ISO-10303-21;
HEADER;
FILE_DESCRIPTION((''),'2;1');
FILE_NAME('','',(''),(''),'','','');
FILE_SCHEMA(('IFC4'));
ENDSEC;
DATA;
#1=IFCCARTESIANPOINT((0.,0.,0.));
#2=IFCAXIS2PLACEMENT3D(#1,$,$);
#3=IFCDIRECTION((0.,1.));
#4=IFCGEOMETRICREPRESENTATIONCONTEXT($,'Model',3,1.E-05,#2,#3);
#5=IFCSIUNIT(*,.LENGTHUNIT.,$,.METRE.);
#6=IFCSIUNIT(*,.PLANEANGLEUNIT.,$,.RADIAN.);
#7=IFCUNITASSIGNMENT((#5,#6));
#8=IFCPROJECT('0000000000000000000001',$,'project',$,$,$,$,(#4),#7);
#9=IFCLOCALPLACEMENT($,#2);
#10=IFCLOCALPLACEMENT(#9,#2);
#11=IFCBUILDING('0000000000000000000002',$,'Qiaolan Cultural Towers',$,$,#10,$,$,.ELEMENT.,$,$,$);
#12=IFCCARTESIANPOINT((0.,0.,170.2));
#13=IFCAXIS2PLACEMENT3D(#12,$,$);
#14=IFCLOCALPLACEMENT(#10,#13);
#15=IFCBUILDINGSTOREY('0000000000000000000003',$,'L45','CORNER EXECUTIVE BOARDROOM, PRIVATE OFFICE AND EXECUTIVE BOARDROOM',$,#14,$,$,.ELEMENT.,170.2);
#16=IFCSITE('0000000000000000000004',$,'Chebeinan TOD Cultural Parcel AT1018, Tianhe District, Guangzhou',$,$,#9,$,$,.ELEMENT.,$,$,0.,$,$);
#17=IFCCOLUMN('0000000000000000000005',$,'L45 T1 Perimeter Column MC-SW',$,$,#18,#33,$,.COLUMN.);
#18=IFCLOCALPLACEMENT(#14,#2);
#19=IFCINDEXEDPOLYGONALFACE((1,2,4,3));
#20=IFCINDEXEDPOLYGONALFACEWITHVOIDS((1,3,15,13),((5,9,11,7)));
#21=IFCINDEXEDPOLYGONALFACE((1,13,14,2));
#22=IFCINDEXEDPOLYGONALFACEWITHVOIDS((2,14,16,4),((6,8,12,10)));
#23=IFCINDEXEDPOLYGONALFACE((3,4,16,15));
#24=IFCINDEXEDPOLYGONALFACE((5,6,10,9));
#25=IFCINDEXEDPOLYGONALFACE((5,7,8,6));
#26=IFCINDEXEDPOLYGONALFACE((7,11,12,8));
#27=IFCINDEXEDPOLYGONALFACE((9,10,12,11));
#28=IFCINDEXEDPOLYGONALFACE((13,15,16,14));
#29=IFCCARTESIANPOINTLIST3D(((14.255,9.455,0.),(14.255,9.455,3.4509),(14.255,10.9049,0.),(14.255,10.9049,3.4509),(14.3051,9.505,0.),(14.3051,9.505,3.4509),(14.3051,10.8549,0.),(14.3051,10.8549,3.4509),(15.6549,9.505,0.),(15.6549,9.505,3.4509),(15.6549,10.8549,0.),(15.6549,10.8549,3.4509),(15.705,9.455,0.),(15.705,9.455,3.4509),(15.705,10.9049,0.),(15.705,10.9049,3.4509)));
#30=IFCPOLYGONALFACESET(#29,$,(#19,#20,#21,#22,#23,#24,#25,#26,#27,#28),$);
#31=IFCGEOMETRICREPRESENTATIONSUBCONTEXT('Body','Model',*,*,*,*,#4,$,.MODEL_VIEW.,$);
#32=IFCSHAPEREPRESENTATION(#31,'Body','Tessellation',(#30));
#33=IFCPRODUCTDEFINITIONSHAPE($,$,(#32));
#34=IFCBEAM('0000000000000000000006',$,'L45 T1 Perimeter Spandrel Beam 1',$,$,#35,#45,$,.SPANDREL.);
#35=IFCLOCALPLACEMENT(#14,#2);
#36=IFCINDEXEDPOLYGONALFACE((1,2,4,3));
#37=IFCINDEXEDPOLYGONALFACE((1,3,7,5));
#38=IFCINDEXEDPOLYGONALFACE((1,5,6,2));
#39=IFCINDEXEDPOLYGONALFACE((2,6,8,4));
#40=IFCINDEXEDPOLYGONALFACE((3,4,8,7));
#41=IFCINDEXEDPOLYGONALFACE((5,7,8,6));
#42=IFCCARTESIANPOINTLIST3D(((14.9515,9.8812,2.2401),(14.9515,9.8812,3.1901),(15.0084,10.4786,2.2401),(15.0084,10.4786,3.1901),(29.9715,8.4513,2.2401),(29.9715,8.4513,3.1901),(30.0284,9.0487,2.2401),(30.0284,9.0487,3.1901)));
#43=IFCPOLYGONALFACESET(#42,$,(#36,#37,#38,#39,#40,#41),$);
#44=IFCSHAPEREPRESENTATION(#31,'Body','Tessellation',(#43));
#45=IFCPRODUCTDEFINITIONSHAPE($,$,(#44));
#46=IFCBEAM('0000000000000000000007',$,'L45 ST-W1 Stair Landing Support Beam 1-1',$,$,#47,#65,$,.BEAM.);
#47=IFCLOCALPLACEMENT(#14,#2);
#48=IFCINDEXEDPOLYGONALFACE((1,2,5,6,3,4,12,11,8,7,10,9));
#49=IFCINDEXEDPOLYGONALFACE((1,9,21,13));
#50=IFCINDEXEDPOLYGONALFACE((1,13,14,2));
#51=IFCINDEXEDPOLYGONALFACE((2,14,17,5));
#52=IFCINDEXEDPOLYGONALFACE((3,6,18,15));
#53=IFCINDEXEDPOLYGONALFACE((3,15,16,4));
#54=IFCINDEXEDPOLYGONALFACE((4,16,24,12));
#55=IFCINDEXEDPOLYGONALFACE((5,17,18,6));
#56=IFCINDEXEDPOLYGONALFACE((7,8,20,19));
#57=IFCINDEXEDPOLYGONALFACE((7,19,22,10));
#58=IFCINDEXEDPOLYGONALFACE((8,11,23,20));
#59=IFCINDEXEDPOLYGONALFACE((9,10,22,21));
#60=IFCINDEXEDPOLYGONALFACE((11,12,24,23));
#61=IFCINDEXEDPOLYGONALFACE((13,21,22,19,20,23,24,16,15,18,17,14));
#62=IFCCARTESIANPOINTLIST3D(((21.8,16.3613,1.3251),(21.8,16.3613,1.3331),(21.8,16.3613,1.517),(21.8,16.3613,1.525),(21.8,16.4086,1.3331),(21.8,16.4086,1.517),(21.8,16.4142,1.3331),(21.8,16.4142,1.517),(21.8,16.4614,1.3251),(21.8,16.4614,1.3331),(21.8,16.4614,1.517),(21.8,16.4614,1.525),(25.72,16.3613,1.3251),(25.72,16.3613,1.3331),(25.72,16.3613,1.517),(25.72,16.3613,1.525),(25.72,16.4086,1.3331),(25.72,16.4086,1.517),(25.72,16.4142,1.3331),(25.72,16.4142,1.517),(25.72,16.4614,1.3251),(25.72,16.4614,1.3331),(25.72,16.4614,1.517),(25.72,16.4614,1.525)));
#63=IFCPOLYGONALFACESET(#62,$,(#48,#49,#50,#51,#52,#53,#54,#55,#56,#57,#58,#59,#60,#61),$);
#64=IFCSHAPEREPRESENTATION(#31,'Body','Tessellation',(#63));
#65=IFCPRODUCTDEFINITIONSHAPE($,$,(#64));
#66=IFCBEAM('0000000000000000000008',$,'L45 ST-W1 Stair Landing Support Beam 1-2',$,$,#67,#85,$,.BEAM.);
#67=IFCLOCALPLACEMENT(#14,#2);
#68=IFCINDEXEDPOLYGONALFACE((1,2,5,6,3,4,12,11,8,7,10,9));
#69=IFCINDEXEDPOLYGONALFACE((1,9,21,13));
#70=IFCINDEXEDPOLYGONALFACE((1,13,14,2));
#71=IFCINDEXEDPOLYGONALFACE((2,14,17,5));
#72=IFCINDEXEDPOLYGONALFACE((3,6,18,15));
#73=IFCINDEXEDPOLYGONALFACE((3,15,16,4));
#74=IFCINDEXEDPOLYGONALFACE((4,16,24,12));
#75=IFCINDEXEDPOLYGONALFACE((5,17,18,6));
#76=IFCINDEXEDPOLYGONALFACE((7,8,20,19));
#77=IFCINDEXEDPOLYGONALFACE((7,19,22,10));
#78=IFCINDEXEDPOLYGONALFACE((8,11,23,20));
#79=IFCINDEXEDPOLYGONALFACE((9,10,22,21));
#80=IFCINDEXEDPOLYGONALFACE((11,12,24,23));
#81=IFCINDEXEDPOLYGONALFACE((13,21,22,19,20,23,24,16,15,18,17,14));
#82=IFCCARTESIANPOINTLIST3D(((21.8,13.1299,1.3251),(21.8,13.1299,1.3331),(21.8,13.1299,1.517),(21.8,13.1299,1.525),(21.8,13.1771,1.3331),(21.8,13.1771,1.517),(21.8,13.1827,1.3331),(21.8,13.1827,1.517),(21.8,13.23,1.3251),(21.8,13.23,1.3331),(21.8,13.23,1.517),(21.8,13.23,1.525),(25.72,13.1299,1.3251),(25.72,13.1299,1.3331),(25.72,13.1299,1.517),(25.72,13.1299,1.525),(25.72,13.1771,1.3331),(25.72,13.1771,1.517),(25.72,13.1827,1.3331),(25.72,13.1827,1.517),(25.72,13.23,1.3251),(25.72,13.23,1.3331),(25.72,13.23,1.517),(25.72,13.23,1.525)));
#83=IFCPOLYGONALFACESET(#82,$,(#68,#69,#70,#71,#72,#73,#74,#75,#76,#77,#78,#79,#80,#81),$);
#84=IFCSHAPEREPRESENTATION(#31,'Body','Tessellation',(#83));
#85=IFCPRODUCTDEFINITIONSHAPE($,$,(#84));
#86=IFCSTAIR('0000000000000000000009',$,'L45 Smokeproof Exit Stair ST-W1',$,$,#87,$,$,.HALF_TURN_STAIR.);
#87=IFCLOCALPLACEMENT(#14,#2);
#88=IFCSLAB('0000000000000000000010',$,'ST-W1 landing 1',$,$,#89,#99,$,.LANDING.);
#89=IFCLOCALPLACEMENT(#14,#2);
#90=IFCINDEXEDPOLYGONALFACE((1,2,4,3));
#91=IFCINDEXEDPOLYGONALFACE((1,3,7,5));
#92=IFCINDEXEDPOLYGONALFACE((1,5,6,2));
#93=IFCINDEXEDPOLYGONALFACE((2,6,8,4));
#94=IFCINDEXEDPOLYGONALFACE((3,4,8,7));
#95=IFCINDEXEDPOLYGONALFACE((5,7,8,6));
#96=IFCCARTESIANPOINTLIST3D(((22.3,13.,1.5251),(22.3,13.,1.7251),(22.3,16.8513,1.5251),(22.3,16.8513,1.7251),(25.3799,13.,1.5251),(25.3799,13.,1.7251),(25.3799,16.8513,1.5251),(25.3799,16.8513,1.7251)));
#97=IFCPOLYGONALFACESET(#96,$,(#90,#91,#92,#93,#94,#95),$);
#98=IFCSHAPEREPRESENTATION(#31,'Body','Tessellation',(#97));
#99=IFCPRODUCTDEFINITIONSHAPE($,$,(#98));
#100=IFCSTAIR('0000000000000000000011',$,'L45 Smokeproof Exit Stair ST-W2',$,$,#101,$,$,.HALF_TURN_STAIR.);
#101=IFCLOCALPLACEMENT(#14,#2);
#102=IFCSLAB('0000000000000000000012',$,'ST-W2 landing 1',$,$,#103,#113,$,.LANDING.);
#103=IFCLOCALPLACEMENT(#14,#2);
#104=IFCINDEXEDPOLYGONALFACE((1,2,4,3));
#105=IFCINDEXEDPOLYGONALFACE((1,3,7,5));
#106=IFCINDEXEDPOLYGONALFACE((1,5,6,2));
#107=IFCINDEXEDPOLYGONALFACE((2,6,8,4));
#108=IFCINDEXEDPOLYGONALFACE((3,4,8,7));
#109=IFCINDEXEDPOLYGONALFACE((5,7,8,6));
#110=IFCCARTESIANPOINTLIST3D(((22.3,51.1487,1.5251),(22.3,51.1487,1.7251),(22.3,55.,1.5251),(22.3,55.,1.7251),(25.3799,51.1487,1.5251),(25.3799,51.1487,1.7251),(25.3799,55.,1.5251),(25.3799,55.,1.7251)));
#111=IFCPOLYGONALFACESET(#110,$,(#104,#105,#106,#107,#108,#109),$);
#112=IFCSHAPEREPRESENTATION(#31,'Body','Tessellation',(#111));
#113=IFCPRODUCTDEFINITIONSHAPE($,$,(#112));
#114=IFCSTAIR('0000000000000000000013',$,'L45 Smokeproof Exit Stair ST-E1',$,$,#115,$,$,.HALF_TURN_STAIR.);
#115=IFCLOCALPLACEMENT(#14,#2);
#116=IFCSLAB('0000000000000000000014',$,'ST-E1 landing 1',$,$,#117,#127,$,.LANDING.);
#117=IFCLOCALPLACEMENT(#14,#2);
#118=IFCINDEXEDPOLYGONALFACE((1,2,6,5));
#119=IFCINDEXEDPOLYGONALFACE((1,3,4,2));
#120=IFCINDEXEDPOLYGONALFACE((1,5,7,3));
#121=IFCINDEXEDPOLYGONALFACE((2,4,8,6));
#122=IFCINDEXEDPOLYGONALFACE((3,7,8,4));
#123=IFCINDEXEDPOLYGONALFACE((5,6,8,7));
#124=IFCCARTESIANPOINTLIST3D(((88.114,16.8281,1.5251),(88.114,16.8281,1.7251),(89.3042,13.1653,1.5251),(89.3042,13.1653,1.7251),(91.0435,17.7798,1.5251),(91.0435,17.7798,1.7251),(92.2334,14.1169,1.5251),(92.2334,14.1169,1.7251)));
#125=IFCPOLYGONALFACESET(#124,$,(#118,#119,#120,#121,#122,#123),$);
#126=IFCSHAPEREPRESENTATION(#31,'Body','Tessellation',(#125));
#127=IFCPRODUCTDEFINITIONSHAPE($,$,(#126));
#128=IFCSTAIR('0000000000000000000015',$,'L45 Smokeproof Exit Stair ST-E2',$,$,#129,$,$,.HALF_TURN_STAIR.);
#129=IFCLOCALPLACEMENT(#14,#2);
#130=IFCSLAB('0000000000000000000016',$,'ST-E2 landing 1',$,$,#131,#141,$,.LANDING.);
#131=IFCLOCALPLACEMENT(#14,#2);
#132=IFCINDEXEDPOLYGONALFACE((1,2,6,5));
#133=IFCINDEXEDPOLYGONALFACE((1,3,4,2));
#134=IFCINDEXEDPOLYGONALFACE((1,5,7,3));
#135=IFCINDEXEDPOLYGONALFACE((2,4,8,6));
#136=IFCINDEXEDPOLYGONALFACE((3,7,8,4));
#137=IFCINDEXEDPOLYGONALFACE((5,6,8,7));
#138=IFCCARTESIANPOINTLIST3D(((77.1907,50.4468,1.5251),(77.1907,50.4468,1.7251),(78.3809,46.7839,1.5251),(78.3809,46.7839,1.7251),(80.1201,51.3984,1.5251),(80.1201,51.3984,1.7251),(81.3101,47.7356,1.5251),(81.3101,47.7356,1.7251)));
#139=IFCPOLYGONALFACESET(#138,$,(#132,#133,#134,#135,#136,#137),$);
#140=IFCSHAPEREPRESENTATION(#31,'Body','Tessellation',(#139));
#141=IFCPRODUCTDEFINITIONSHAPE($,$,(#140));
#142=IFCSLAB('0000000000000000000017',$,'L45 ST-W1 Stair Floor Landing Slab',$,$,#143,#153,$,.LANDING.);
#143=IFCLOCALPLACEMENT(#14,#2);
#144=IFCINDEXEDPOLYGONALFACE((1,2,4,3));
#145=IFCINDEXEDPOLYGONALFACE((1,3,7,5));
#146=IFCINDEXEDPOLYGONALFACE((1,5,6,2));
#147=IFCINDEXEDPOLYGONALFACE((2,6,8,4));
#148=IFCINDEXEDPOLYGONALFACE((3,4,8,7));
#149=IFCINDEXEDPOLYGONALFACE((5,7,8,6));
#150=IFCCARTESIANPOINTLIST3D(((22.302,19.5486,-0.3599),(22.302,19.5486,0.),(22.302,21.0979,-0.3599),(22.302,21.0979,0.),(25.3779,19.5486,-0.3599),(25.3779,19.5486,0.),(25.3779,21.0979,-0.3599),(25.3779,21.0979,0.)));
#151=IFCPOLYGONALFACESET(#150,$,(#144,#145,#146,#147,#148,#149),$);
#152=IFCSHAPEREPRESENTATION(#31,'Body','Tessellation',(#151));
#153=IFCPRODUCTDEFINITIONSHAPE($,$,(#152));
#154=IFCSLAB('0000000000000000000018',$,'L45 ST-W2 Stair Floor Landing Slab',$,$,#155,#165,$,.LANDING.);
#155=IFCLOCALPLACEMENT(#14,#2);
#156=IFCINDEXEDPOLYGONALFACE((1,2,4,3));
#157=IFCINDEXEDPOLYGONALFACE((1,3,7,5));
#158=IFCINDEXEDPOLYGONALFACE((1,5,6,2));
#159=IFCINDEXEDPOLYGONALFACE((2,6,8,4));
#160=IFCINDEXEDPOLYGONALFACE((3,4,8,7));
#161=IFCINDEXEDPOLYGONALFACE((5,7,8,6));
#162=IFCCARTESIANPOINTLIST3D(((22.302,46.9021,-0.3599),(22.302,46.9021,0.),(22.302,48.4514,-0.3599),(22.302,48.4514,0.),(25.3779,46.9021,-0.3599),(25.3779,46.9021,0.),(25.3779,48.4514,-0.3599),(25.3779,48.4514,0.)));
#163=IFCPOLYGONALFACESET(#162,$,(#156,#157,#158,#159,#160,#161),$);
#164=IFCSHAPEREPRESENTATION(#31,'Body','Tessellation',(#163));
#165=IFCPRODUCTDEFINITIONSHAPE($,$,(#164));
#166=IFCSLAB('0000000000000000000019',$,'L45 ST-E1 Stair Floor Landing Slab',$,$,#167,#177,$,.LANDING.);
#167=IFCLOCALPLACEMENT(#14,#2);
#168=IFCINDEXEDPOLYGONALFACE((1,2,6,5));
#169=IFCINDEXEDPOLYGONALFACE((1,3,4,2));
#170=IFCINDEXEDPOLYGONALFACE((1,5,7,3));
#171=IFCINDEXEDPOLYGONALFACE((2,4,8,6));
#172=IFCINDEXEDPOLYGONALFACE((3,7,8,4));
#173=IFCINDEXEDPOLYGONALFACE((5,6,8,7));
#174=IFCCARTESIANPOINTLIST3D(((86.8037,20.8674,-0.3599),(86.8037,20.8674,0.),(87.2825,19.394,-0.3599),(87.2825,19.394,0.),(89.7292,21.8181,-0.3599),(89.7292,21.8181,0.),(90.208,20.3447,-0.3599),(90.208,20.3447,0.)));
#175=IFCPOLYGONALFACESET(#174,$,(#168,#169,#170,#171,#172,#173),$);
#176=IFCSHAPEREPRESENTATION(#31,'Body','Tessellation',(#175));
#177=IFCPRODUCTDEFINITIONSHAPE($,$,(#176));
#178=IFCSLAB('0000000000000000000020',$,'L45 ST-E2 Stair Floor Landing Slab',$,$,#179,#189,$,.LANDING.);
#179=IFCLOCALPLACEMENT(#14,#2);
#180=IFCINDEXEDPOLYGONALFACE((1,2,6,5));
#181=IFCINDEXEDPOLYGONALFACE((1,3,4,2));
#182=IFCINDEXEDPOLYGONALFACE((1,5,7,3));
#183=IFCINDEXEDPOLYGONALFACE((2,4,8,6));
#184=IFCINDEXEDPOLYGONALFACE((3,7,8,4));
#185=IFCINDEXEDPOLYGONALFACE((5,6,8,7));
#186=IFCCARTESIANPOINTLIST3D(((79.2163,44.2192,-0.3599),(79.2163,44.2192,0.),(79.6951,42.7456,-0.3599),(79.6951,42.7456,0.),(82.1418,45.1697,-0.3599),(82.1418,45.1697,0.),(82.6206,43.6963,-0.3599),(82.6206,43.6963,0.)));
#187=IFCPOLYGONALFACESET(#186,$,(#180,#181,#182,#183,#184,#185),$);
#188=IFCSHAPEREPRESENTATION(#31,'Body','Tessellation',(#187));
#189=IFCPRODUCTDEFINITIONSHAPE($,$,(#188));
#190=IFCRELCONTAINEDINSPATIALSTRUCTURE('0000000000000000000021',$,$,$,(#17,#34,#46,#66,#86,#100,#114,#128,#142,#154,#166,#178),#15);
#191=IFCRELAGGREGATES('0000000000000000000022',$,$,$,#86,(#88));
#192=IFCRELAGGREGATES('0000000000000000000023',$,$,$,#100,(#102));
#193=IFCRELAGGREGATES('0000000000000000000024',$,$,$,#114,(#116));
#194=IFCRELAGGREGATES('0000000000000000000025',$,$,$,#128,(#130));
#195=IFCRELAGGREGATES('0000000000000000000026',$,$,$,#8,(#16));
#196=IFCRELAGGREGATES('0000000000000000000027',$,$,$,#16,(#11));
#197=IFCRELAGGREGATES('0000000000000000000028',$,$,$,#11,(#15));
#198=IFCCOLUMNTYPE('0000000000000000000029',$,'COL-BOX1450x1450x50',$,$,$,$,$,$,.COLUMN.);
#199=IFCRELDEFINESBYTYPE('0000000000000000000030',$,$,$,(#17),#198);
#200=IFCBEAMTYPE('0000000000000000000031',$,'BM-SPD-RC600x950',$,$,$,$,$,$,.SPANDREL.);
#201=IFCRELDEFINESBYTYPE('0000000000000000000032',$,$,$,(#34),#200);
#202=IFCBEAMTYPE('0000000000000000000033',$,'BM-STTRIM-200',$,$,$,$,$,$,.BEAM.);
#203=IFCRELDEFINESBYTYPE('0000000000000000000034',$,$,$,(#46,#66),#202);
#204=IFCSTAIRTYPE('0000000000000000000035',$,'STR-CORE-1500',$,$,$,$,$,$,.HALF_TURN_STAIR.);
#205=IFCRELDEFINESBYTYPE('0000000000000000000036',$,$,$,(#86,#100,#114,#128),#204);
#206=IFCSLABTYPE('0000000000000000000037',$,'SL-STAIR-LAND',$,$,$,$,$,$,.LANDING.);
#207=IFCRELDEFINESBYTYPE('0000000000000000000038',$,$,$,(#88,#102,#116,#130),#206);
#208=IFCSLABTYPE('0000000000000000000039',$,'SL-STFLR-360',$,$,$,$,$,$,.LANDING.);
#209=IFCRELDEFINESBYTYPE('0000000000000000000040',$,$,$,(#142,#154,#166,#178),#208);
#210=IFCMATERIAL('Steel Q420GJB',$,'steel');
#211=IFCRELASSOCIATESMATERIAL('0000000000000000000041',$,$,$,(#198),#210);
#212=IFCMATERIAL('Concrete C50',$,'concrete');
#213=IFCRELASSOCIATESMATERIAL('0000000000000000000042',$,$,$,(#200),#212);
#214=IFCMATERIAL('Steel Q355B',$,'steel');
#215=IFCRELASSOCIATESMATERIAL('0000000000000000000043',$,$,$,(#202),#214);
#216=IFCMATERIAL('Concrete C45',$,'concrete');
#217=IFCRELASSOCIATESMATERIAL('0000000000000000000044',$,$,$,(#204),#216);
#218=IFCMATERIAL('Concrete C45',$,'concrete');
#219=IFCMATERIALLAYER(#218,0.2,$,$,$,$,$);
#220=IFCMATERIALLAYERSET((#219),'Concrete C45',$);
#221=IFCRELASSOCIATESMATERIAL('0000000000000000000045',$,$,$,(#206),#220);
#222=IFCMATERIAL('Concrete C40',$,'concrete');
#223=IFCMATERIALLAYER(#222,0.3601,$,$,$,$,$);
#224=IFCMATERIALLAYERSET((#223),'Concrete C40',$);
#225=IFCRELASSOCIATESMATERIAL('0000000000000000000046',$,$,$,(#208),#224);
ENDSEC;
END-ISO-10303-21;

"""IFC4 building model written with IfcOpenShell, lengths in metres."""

from ifc_helpers import new_model, si_unit, direction, frame, origin, origin_2d, place, context, subcontext, project, spatial, polyline, rectangle, hollow_rectangle, i_section, outline, extrude, material, layer, layer_set, material_profile, profile_set, type_object, element, aggregate, save


model = new_model("IFC4")

# Units and contexts
model_context = context("Model", 3, precision=1e-05, world=origin(), true_north=direction((0.0, 1.0)))
body_context = subcontext(model_context, "Body", "Model", "MODEL_VIEW")
ifc_project = project(units=[si_unit("LENGTHUNIT", "METRE"), si_unit("PLANEANGLEUNIT", "RADIAN")], contexts=[model_context])

# Site, building, storey
site_placement = place(None, origin())
site = spatial("IfcSite", under=ifc_project, at=site_placement, Name="Chebeinan TOD Cultural Parcel AT1018, Tianhe District, Guangzhou", CompositionType="ELEMENT", RefElevation=0.0)
building_placement = place(site_placement, origin())
building = spatial("IfcBuilding", under=site, at=building_placement, Name="Qiaolan Cultural Towers", CompositionType="ELEMENT")
storey_placement = place(building_placement, frame((0.0, 0.0, 170.2)))
storey = spatial("IfcBuildingStorey", under=building, at=storey_placement, Name="L45", Description="CORNER EXECUTIVE BOARDROOM, PRIVATE OFFICE AND EXECUTIVE BOARDROOM", CompositionType="ELEMENT", Elevation=170.2)

# Column
ifc_material_1 = material(Name="Steel Q420GJB", Category="steel")
ifc_material_profile_1 = material_profile(ifc_material_1, hollow_rectangle(XDim=1.45, YDim=1.45, WallThickness=0.05, at=origin_2d()), Name="BOX1450x1450x50")
ifc_profile_set_1 = profile_set([ifc_material_profile_1], Name="Steel Q420GJB")
column_type = type_object("IfcColumnType", Name="COL-BOX1450x1450x50", PredefinedType="COLUMN", material=ifc_profile_set_1)
column_placement = place(storey_placement, frame((14.98, 10.1799, 0.0), z_axis=(0.0, 0.0, 1.0), x_axis=(1.0, 0.0, 0.0)))
element("IfcColumn", 1, at=column_placement, inside=storey, type_object=column_type, Name="L45 T1 Perimeter Column MC-SW", PredefinedType="COLUMN", context=body_context, shape_type="SweptSolid", body=[
    extrude(hollow_rectangle(XDim=1.45, YDim=1.45, WallThickness=0.05, at=origin_2d()), origin(), (0.0, 0.0, 1.0), 3.4509),
])

# Beams
ifc_material_2 = material(Name="Concrete C50", Category="concrete")
ifc_material_profile_2 = material_profile(ifc_material_2, rectangle(XDim=0.6001, YDim=0.95, at=origin_2d()), Name="RC600x950")
ifc_profile_set_2 = profile_set([ifc_material_profile_2], Name="Concrete C50")
beam_type_1 = type_object("IfcBeamType", Name="BM-SPD-RC600x950", PredefinedType="SPANDREL", material=ifc_profile_set_2)
beam_placement = place(storey_placement, frame((14.98, 10.1799, 2.7151), z_axis=(0.995499, -0.094773, 0.0), x_axis=(0.094773, 0.995499, 0.0)))
element("IfcBeam", 2, at=beam_placement, inside=storey, type_object=beam_type_1, Name="L45 T1 Perimeter Spandrel Beam 1", PredefinedType="SPANDREL", context=body_context, shape_type="SweptSolid", body=[
    extrude(rectangle(XDim=0.6001, YDim=0.95, at=origin_2d()), origin(), (0.0, 0.0, 1.0), 15.0879),
])
ifc_material_3 = material(Name="Steel Q355B", Category="steel")
ifc_material_profile_3 = material_profile(ifc_material_3, i_section(OverallWidth=0.1001, OverallDepth=0.2, WebThickness=0.0056, FlangeThickness=0.0081, at=origin_2d()), Name="HN200x100x5.5x8")
ifc_profile_set_3 = profile_set([ifc_material_profile_3], Name="Steel Q355B")
beam_type_2 = type_object("IfcBeamType", Name="BM-STTRIM-200", PredefinedType="BEAM", material=ifc_profile_set_3)
for number, where, z_axis, x_axis, name in (
    (3, (21.8, 16.4114, 1.425), (1.0, 0.0, 0.0), (0.0, 1.0, 0.0), "L45 ST-W1 Stair Landing Support Beam 1-1"),
    (4, (21.8, 13.1799, 1.425), (1.0, 0.0, 0.0), (0.0, 1.0, 0.0), "L45 ST-W1 Stair Landing Support Beam 1-2"),
):
    element("IfcBeam", number, at=place(storey_placement, frame(where, z_axis=z_axis, x_axis=x_axis)), inside=storey, type_object=beam_type_2, Name=name, PredefinedType="BEAM", context=body_context, shape_type="SweptSolid", body=[
        extrude(i_section(OverallWidth=0.1001, OverallDepth=0.2, WebThickness=0.0056, FlangeThickness=0.0081, at=origin_2d()), origin(), (0.0, 0.0, 1.0), 3.9199),
    ])

# Stairs, slabs
ifc_material_4 = material(Name="Concrete C45", Category="concrete")
stair_type = type_object("IfcStairType", Name="STR-CORE-1500", PredefinedType="HALF_TURN_STAIR", material=ifc_material_4)
stair_1_placement = place(storey_placement, origin())
stair_1 = element("IfcStair", 5, at=stair_1_placement, inside=storey, type_object=stair_type, Name="L45 Smokeproof Exit Stair ST-W1", PredefinedType="HALF_TURN_STAIR")
ifc_material_5 = material(Name="Concrete C45", Category="concrete")
ifc_layer_1 = layer(ifc_material_5, 0.2)
ifc_layer_set_1 = layer_set([ifc_layer_1], Name="Concrete C45")
slab_type_1 = type_object("IfcSlabType", Name="SL-STAIR-LAND", PredefinedType="LANDING", material=ifc_layer_set_1)
slab_1_placement = place(storey_placement, frame((0.0, 0.0, 1.5251)))
slab_1 = element("IfcSlab", 6, at=slab_1_placement, type_object=slab_type_1, Name="ST-W1 landing 1", PredefinedType="LANDING", context=body_context, shape_type="SweptSolid", body=[
    extrude(outline(polyline([(22.3, 16.8513), (22.3, 13.0), (25.3799, 13.0), (25.3799, 16.8513), (22.3, 16.8513)])), origin(), (0.0, 0.0, 1.0), 0.2),
])
aggregate(stair_1, [slab_1])
stair_2_placement = place(storey_placement, origin())
stair_2 = element("IfcStair", 7, at=stair_2_placement, inside=storey, type_object=stair_type, Name="L45 Smokeproof Exit Stair ST-W2", PredefinedType="HALF_TURN_STAIR")
slab_2_placement = place(storey_placement, frame((0.0, 0.0, 1.5251)))
slab_2 = element("IfcSlab", 8, at=slab_2_placement, type_object=slab_type_1, Name="ST-W2 landing 1", PredefinedType="LANDING", context=body_context, shape_type="SweptSolid", body=[
    extrude(outline(polyline([(25.3799, 51.1487), (25.3799, 55.0), (22.3, 55.0), (22.3, 51.1487), (25.3799, 51.1487)])), origin(), (0.0, 0.0, 1.0), 0.2),
])
aggregate(stair_2, [slab_2])
stair_3_placement = place(storey_placement, origin())
stair_3 = element("IfcStair", 9, at=stair_3_placement, inside=storey, type_object=stair_type, Name="L45 Smokeproof Exit Stair ST-E1", PredefinedType="HALF_TURN_STAIR")
slab_3_placement = place(storey_placement, frame((0.0, 0.0, 1.5251)))
slab_3 = element("IfcSlab", 10, at=slab_3_placement, type_object=slab_type_1, Name="ST-E1 landing 1", PredefinedType="LANDING", context=body_context, shape_type="SweptSolid", body=[
    extrude(outline(polyline([(88.114, 16.8281), (89.3042, 13.1653), (92.2334, 14.1169), (91.0435, 17.7798), (88.114, 16.8281)])), origin(), (0.0, 0.0, 1.0), 0.2),
])
aggregate(stair_3, [slab_3])
stair_4_placement = place(storey_placement, origin())
stair_4 = element("IfcStair", 11, at=stair_4_placement, inside=storey, type_object=stair_type, Name="L45 Smokeproof Exit Stair ST-E2", PredefinedType="HALF_TURN_STAIR")
slab_4_placement = place(storey_placement, frame((0.0, 0.0, 1.5251)))
slab_4 = element("IfcSlab", 12, at=slab_4_placement, type_object=slab_type_1, Name="ST-E2 landing 1", PredefinedType="LANDING", context=body_context, shape_type="SweptSolid", body=[
    extrude(outline(polyline([(81.3101, 47.7356), (80.1201, 51.3984), (77.1907, 50.4468), (78.3809, 46.7839), (81.3101, 47.7356)])), origin(), (0.0, 0.0, 1.0), 0.2),
])
aggregate(stair_4, [slab_4])

# Slabs
ifc_material_6 = material(Name="Concrete C40", Category="concrete")
ifc_layer_2 = layer(ifc_material_6, 0.3601)
ifc_layer_set_2 = layer_set([ifc_layer_2], Name="Concrete C40")
slab_type_2 = type_object("IfcSlabType", Name="SL-STFLR-360", PredefinedType="LANDING", material=ifc_layer_set_2)
slab_5_placement = place(storey_placement, frame((0.0, 0.0, -0.3599)))
element("IfcSlab", 13, at=slab_5_placement, inside=storey, type_object=slab_type_2, Name="L45 ST-W1 Stair Floor Landing Slab", PredefinedType="LANDING", context=body_context, shape_type="SweptSolid", body=[
    extrude(outline(polyline([(22.302, 21.0979), (22.302, 19.5486), (25.3779, 19.5486), (25.3779, 21.0979), (22.302, 21.0979)])), origin(), (0.0, 0.0, 1.0), 0.3599),
])
slab_6_placement = place(storey_placement, frame((0.0, 0.0, -0.3599)))
element("IfcSlab", 14, at=slab_6_placement, inside=storey, type_object=slab_type_2, Name="L45 ST-W2 Stair Floor Landing Slab", PredefinedType="LANDING", context=body_context, shape_type="SweptSolid", body=[
    extrude(outline(polyline([(25.3779, 46.9021), (25.3779, 48.4514), (22.302, 48.4514), (22.302, 46.9021), (25.3779, 46.9021)])), origin(), (0.0, 0.0, 1.0), 0.3599),
])
slab_7_placement = place(storey_placement, frame((0.0, 0.0, -0.3599)))
element("IfcSlab", 15, at=slab_7_placement, inside=storey, type_object=slab_type_2, Name="L45 ST-E1 Stair Floor Landing Slab", PredefinedType="LANDING", context=body_context, shape_type="SweptSolid", body=[
    extrude(outline(polyline([(86.8037, 20.8674), (87.2825, 19.394), (90.208, 20.3447), (89.7292, 21.8181), (86.8037, 20.8674)])), origin(), (0.0, 0.0, 1.0), 0.3599),
])
slab_8_placement = place(storey_placement, frame((0.0, 0.0, -0.3599)))
element("IfcSlab", 16, at=slab_8_placement, inside=storey, type_object=slab_type_2, Name="L45 ST-E2 Stair Floor Landing Slab", PredefinedType="LANDING", context=body_context, shape_type="SweptSolid", body=[
    extrude(outline(polyline([(82.6206, 43.6963), (82.1418, 45.1697), (79.2163, 44.2192), (79.6951, 42.7456), (82.6206, 43.6963)])), origin(), (0.0, 0.0, 1.0), 0.3599),
])

save(model, "model.ifc")
